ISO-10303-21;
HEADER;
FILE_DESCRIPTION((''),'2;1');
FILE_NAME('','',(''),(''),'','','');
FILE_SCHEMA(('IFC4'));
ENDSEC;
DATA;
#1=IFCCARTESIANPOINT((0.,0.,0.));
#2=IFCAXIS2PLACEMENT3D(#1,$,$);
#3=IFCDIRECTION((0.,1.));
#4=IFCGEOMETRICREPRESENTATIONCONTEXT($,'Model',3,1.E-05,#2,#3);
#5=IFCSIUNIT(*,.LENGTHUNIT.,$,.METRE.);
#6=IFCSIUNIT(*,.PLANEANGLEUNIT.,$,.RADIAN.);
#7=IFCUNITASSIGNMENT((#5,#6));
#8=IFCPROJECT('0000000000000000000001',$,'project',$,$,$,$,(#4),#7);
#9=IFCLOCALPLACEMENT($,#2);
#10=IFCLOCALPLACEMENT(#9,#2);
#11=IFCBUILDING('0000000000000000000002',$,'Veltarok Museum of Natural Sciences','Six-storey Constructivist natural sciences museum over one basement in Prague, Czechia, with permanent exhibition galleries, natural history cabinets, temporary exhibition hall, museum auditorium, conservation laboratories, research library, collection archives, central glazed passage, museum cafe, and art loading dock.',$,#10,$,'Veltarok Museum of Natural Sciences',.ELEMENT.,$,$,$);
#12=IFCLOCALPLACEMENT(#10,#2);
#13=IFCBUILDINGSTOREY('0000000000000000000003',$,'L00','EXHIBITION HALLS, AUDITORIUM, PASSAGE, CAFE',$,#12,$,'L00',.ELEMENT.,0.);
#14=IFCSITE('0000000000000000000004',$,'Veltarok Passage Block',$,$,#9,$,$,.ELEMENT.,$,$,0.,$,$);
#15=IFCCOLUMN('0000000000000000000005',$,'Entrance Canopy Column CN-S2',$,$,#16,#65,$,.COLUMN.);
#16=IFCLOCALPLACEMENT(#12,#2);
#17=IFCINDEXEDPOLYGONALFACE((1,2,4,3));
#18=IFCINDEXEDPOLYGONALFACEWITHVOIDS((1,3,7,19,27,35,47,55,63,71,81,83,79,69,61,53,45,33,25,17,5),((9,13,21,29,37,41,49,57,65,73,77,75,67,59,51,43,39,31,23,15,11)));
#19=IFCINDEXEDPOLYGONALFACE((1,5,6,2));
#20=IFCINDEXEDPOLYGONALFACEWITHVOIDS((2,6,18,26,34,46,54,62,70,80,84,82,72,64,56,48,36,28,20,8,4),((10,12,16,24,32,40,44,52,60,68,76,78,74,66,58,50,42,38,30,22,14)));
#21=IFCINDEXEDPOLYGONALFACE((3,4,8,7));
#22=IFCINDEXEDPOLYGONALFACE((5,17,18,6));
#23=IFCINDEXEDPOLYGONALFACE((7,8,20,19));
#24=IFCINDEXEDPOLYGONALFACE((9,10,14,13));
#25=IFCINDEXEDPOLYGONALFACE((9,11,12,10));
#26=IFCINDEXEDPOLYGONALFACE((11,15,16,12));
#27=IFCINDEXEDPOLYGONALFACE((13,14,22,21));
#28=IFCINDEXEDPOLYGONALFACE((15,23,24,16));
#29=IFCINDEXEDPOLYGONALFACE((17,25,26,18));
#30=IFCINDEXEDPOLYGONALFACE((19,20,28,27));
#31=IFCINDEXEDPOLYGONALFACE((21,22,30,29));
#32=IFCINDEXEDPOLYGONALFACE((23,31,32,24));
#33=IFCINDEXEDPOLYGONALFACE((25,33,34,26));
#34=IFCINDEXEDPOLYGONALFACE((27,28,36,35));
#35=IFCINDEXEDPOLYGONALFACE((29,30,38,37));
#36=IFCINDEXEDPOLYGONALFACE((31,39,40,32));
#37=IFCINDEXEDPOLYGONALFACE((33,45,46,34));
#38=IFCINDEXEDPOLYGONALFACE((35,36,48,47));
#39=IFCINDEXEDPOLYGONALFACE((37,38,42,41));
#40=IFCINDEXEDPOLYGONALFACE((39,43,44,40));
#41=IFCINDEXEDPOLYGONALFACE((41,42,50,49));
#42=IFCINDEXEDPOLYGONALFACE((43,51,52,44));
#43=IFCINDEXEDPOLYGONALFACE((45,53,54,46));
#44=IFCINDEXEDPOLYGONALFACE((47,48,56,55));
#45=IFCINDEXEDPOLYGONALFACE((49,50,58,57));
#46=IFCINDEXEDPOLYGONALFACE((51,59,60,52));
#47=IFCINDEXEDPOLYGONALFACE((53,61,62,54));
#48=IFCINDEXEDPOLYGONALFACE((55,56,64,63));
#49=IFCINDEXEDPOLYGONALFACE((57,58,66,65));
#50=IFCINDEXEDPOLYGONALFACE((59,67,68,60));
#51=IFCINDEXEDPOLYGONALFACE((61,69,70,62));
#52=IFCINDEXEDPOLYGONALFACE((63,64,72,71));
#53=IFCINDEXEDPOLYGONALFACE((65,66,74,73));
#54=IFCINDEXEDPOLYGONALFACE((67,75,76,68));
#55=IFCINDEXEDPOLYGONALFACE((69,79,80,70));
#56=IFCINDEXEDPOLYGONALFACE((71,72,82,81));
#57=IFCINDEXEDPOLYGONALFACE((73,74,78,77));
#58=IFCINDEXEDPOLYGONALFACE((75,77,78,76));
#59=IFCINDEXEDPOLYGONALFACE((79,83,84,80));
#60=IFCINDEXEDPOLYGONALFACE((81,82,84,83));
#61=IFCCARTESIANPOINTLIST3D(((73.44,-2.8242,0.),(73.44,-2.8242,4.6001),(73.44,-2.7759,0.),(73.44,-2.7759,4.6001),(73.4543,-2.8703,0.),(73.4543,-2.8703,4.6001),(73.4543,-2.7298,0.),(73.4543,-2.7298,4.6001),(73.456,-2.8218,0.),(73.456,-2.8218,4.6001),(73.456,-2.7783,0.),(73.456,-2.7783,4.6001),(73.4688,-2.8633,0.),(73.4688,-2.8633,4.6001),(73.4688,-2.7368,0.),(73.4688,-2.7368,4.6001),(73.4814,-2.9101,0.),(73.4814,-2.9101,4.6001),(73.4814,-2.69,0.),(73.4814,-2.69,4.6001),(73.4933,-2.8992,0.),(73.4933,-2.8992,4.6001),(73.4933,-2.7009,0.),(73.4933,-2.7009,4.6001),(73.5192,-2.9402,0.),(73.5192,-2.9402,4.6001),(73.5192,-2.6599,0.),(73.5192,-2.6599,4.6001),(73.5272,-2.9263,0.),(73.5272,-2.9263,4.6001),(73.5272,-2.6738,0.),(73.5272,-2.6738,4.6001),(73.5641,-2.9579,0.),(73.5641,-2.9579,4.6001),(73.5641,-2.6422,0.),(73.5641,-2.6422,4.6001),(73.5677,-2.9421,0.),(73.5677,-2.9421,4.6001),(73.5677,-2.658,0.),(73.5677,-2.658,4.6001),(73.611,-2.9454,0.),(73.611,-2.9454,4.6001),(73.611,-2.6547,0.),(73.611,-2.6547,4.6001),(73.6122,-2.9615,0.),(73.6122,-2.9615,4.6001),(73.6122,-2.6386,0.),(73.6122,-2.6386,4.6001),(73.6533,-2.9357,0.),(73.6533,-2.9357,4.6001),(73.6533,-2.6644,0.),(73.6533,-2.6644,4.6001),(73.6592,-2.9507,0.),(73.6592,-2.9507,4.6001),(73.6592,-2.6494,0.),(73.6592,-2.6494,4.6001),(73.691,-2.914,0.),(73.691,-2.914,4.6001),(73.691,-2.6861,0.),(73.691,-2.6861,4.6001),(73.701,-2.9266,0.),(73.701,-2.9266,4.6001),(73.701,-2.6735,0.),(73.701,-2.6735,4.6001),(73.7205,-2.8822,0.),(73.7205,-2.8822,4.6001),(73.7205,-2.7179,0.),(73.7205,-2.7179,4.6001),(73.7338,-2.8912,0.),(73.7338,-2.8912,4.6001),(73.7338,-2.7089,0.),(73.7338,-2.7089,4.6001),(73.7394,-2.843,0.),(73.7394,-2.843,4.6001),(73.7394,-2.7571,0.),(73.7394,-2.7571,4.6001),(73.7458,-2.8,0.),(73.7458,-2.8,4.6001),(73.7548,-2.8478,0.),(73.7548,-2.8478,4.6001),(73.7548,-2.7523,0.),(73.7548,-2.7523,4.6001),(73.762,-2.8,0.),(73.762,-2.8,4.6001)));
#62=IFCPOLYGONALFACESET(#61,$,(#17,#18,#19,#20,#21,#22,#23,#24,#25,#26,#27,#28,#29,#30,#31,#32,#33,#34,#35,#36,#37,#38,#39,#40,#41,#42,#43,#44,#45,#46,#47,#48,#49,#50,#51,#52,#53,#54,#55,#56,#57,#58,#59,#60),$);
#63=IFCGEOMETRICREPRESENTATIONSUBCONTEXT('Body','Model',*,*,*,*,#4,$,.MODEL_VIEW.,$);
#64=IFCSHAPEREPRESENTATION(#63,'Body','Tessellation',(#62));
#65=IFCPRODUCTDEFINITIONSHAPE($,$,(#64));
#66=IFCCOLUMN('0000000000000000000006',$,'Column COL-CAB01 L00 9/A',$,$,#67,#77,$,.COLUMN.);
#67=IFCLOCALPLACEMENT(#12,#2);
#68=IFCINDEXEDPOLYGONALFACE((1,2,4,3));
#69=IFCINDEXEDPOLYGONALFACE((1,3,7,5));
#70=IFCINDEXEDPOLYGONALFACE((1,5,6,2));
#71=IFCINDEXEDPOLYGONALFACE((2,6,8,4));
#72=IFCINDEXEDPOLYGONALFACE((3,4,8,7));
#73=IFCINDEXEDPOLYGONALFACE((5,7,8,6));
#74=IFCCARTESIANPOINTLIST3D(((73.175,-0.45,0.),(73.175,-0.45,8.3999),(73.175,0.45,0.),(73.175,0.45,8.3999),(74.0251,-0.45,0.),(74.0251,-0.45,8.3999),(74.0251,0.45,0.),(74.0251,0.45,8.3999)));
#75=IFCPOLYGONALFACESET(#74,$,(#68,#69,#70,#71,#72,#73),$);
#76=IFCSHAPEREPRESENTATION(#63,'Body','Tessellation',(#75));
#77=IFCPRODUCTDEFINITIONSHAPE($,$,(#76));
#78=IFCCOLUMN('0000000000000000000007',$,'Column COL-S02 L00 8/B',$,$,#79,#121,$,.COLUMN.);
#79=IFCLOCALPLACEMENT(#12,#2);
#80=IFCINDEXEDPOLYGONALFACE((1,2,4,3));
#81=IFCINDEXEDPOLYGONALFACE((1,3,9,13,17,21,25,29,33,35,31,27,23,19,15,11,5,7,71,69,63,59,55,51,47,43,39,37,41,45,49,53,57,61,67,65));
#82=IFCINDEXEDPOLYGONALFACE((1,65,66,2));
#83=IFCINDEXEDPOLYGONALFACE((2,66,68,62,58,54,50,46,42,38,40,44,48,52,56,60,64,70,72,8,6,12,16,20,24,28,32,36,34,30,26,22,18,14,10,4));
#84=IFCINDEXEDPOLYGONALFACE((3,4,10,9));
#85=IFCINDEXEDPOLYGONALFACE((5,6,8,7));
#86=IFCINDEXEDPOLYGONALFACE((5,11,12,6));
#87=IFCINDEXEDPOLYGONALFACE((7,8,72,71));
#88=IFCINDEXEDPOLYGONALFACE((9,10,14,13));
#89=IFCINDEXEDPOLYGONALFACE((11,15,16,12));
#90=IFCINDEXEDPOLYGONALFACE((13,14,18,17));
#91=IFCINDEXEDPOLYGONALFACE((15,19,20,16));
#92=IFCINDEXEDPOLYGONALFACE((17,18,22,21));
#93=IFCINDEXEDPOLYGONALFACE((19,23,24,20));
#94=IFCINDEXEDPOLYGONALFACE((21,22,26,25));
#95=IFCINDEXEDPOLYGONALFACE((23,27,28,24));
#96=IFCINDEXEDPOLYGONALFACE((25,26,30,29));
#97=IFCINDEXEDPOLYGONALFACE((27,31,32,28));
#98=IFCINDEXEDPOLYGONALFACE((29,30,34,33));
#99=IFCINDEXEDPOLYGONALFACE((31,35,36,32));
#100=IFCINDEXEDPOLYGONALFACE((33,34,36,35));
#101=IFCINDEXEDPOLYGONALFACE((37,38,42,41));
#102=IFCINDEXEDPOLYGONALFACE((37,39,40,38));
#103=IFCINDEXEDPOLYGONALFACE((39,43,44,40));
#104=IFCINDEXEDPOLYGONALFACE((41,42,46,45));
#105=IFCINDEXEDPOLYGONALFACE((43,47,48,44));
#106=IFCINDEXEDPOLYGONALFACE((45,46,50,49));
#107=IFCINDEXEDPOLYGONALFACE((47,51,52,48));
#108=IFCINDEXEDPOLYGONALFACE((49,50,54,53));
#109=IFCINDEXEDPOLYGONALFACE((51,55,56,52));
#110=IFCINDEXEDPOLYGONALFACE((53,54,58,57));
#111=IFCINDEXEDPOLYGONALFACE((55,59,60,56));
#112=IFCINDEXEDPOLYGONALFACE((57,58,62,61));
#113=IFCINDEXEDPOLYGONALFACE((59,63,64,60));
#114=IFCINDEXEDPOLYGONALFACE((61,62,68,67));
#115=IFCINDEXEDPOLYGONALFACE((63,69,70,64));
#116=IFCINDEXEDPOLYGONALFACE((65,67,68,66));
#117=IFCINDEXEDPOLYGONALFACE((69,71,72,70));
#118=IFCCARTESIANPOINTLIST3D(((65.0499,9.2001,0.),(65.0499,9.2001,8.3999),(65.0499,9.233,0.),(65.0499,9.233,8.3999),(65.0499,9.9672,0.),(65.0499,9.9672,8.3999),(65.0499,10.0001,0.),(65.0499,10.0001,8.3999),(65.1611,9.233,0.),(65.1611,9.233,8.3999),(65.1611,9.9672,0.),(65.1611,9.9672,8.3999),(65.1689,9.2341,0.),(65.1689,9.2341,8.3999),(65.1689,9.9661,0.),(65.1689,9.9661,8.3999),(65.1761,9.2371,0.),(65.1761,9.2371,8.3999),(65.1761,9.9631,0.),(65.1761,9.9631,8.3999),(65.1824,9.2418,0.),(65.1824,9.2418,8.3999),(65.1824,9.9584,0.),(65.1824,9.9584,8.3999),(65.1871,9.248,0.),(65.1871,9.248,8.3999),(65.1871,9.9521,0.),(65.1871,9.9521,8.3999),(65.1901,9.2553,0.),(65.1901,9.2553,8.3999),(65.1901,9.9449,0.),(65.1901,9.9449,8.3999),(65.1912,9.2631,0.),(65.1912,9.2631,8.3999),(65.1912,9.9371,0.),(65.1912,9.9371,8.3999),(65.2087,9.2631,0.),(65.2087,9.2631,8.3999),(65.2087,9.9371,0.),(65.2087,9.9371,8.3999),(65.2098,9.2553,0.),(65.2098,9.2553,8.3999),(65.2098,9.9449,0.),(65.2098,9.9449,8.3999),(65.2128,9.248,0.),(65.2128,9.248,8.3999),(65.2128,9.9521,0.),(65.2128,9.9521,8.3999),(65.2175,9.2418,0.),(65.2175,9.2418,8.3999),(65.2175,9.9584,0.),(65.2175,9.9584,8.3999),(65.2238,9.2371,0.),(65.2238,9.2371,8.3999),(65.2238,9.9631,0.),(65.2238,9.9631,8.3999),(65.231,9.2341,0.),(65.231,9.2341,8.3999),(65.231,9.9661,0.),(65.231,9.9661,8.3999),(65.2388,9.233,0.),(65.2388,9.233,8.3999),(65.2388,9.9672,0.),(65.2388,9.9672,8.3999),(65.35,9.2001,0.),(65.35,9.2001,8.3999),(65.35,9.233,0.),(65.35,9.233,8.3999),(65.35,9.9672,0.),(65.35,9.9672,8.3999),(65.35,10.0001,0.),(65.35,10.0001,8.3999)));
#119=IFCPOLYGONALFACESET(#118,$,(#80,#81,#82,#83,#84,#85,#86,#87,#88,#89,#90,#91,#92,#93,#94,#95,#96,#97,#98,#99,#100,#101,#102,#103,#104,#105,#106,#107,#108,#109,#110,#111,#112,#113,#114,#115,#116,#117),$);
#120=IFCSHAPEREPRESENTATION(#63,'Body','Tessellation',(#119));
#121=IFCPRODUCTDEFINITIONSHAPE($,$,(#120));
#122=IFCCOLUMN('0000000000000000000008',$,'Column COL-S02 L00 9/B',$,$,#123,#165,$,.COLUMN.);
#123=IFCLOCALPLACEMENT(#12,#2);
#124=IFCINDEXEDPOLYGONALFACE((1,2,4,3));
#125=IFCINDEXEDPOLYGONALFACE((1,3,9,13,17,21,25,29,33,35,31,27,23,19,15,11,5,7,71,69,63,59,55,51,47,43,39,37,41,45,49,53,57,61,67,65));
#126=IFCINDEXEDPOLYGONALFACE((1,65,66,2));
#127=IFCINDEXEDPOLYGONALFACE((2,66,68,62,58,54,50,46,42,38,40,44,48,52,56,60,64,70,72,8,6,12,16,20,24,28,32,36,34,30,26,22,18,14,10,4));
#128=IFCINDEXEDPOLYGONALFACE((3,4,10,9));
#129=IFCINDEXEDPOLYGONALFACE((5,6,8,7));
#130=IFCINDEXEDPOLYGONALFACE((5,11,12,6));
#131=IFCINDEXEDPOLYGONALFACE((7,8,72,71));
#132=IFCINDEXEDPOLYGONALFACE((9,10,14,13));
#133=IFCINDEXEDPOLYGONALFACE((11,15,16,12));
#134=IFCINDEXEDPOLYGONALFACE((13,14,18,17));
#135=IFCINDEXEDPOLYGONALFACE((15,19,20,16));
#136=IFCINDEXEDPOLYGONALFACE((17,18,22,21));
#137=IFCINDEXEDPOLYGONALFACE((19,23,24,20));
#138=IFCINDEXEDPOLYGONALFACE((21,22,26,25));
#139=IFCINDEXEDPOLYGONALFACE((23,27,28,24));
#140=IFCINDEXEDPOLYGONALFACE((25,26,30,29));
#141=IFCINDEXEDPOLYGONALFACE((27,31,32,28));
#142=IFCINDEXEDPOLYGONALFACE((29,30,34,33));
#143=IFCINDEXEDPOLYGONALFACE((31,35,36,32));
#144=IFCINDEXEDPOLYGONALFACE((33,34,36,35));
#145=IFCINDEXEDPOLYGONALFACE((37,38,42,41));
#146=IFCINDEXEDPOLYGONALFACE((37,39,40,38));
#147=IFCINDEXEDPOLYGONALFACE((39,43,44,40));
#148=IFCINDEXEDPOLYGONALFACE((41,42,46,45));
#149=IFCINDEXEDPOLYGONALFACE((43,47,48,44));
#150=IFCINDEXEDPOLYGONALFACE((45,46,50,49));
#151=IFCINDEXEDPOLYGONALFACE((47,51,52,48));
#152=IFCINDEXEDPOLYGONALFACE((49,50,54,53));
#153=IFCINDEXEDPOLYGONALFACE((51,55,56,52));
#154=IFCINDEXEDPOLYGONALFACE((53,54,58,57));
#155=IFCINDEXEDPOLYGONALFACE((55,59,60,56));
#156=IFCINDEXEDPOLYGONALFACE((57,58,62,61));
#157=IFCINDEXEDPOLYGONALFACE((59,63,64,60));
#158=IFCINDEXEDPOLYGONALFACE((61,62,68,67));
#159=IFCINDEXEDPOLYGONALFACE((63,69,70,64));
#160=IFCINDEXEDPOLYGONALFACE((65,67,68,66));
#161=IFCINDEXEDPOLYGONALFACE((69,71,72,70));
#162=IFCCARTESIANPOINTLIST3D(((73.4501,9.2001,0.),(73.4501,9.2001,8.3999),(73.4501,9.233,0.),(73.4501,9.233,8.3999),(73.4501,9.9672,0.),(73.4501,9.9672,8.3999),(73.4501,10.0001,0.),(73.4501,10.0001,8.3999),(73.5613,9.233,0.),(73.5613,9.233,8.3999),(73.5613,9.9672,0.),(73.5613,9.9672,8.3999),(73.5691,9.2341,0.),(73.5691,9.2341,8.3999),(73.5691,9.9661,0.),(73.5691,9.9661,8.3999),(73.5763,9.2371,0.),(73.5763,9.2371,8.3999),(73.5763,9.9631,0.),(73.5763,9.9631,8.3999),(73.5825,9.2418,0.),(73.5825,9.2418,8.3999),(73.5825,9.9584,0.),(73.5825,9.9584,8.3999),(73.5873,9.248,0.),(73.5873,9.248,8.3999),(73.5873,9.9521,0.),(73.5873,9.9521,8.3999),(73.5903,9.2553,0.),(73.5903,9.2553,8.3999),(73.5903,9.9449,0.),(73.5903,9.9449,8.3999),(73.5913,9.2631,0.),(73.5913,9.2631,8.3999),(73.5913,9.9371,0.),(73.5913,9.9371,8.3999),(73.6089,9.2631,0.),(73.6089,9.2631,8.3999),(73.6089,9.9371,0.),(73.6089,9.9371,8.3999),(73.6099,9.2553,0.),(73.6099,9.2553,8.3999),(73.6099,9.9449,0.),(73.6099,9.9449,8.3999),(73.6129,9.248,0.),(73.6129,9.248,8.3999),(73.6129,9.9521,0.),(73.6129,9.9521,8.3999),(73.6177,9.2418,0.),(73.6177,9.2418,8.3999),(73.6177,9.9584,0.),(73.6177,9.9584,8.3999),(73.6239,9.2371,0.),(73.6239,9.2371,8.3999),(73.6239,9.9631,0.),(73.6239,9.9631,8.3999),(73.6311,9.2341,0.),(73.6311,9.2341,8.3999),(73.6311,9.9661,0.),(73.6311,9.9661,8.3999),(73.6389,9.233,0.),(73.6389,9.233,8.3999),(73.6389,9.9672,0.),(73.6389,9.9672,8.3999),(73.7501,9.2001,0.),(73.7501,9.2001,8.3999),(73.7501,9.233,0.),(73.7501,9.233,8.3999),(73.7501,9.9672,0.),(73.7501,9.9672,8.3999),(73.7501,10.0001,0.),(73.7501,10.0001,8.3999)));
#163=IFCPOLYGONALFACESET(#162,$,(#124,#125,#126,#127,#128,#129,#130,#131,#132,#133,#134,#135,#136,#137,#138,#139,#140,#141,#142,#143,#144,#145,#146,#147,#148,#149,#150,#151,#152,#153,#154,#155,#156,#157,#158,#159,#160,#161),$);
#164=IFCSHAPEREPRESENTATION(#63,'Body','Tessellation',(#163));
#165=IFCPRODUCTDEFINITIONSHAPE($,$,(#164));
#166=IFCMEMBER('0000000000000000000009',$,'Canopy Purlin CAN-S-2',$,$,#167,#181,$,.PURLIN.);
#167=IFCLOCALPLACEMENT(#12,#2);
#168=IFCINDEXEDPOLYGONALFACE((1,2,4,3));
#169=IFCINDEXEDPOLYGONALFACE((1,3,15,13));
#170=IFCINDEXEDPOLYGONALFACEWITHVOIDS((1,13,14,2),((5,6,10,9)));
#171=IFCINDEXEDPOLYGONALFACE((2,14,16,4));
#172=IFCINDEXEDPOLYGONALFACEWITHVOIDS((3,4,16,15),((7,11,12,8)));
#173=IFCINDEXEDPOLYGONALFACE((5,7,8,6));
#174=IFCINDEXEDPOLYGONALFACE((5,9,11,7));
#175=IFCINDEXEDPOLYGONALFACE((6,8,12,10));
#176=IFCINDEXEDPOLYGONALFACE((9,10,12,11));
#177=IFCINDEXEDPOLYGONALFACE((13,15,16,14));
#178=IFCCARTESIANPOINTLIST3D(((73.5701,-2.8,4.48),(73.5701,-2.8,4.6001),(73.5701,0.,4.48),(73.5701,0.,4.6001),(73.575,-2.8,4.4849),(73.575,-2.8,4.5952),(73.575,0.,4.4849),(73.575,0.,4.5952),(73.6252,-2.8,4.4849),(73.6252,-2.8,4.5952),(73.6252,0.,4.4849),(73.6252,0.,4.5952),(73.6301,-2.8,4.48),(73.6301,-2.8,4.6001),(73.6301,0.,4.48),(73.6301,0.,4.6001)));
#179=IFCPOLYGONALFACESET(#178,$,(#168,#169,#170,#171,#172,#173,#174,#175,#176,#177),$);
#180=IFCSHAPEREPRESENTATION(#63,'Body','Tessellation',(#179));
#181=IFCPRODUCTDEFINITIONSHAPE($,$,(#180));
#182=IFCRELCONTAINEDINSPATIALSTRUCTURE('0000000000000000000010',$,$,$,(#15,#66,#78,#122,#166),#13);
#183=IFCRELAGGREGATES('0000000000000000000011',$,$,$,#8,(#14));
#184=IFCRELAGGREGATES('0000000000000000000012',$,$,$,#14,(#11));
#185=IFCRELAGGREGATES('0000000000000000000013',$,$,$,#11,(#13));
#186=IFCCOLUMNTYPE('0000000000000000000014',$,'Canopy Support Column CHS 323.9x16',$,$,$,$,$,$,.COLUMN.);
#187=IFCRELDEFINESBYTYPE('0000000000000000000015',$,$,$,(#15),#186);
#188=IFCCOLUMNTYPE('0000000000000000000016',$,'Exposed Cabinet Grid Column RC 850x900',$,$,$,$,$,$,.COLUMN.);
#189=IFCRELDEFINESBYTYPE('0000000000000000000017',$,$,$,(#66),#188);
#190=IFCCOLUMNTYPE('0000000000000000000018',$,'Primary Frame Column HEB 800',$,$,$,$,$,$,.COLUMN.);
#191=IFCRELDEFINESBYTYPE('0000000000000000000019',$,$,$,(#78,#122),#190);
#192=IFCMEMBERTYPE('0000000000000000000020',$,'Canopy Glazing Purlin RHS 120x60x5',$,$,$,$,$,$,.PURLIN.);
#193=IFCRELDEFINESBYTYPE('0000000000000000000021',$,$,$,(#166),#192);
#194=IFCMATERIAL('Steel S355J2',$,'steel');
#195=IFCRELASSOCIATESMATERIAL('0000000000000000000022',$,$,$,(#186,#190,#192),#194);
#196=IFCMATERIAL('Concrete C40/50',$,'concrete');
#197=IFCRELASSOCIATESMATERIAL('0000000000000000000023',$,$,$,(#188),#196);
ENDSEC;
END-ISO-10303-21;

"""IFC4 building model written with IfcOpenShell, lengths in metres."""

from ifc_helpers import new_model, si_unit, direction, frame, origin, origin_2d, place, context, subcontext, project, spatial, rectangle, hollow_rectangle, hollow_circle, i_section, extrude, material, material_profile, profile_set, type_object, element, save


model = new_model("IFC4")

# Units and contexts
model_context = context("Model", 3, precision=1e-05, world=origin(), true_north=direction((0.0, 1.0)))
body_context = subcontext(model_context, "Body", "Model", "MODEL_VIEW")
ifc_project = project(units=[si_unit("LENGTHUNIT", "METRE"), si_unit("PLANEANGLEUNIT", "RADIAN")], contexts=[model_context])

# Site, building, storey
site_placement = place(None, origin())
site = spatial("IfcSite", under=ifc_project, at=site_placement, Name="Veltarok Passage Block", CompositionType="ELEMENT", RefElevation=0.0)
building_placement = place(site_placement, origin())
building = spatial("IfcBuilding", under=site, at=building_placement, Name="Veltarok Museum of Natural Sciences", Description="Six-storey Constructivist natural sciences museum over one basement in Prague, Czechia, with permanent exhibition galleries, natural history cabinets, temporary exhibition hall, museum auditorium, conservation laboratories, research library, collection archives, central glazed passage, museum cafe, and art loading dock.", LongName="Veltarok Museum of Natural Sciences", CompositionType="ELEMENT")
storey_placement = place(building_placement, origin())
storey = spatial("IfcBuildingStorey", under=building, at=storey_placement, Name="L00", Description="EXHIBITION HALLS, AUDITORIUM, PASSAGE, CAFE", LongName="L00", CompositionType="ELEMENT", Elevation=0.0)

# Columns
ifc_material_1 = material(Name="Steel S355J2", Category="steel")
ifc_material_profile_1 = material_profile(ifc_material_1, hollow_circle(Radius=0.1619, WallThickness=0.0161, at=origin_2d()), Name="CHS 323.9x16")
ifc_profile_set_1 = profile_set([ifc_material_profile_1], Name="Steel S355J2")
column_type_1 = type_object("IfcColumnType", Name="Canopy Support Column CHS 323.9x16", PredefinedType="COLUMN", material=ifc_profile_set_1)
column_1_placement = place(storey_placement, frame((73.6001, -2.8, 0.0), z_axis=(0.0, 0.0, 1.0), x_axis=(1.0, 0.0, 0.0)))
element("IfcColumn", 1, at=column_1_placement, inside=storey, type_object=column_type_1, Name="Entrance Canopy Column CN-S2", PredefinedType="COLUMN", context=body_context, shape_type="SweptSolid", body=[
    extrude(hollow_circle(Radius=0.1619, WallThickness=0.0161, at=origin_2d()), origin(), (0.0, 0.0, 1.0), 4.6001),
])
ifc_material_2 = material(Name="Concrete C40/50", Category="concrete")
ifc_material_profile_2 = material_profile(ifc_material_2, rectangle(XDim=0.8501, YDim=0.8999, at=origin_2d()), Name="RC 850x900")
ifc_profile_set_2 = profile_set([ifc_material_profile_2], Name="Concrete C40/50")
column_type_2 = type_object("IfcColumnType", Name="Exposed Cabinet Grid Column RC 850x900", PredefinedType="COLUMN", material=ifc_profile_set_2)
column_2_placement = place(storey_placement, frame((73.6001, 0.0, 0.0), z_axis=(0.0, 0.0, 1.0), x_axis=(1.0, 0.0, 0.0)))
element("IfcColumn", 2, at=column_2_placement, inside=storey, type_object=column_type_2, Name="Column COL-CAB01 L00 9/A", PredefinedType="COLUMN", context=body_context, shape_type="SweptSolid", body=[
    extrude(rectangle(XDim=0.8501, YDim=0.8999, at=origin_2d()), origin(), (0.0, 0.0, 1.0), 8.3999),
])
ifc_material_profile_3 = material_profile(ifc_material_1, i_section(OverallWidth=0.3, OverallDepth=0.8, WebThickness=0.0176, FlangeThickness=0.033, FilletRadius=0.03, at=origin_2d()), Name="HEB 800")
ifc_profile_set_3 = profile_set([ifc_material_profile_3], Name="Steel S355J2")
column_type_3 = type_object("IfcColumnType", Name="Primary Frame Column HEB 800", PredefinedType="COLUMN", material=ifc_profile_set_3)
for number, where, z_axis, x_axis, name in (
    (3, (65.2, 9.6001, 0.0), (0.0, 0.0, 1.0), (1.0, 0.0, 0.0), "Column COL-S02 L00 8/B"),
    (4, (73.6001, 9.6001, 0.0), (0.0, 0.0, 1.0), (1.0, 0.0, 0.0), "Column COL-S02 L00 9/B"),
):
    element("IfcColumn", number, at=place(storey_placement, frame(where, z_axis=z_axis, x_axis=x_axis)), inside=storey, type_object=column_type_3, Name=name, PredefinedType="COLUMN", context=body_context, shape_type="SweptSolid", body=[
        extrude(i_section(OverallWidth=0.3, OverallDepth=0.8, WebThickness=0.0176, FlangeThickness=0.033, FilletRadius=0.03, at=origin_2d()), origin(), (0.0, 0.0, 1.0), 8.3999),
    ])

# Member
ifc_material_profile_4 = material_profile(ifc_material_1, hollow_rectangle(XDim=0.0601, YDim=0.1201, WallThickness=0.0049, at=origin_2d()), Name="RHS 120x60x5")
ifc_profile_set_4 = profile_set([ifc_material_profile_4], Name="Steel S355J2")
member_type = type_object("IfcMemberType", Name="Canopy Glazing Purlin RHS 120x60x5", PredefinedType="PURLIN", material=ifc_profile_set_4)
member_placement = place(storey_placement, frame((73.6001, -2.8, 4.54), z_axis=(0.0, 1.0, 0.0), x_axis=(-1.0, 0.0, 0.0)))
element("IfcMember", 5, at=member_placement, inside=storey, type_object=member_type, Name="Canopy Purlin CAN-S-2", PredefinedType="PURLIN", context=body_context, shape_type="SweptSolid", body=[
    extrude(hollow_rectangle(XDim=0.0601, YDim=0.1201, WallThickness=0.0049, at=origin_2d()), origin(), (0.0, 0.0, 1.0), 2.8),
])

save(model, "model.ifc")
